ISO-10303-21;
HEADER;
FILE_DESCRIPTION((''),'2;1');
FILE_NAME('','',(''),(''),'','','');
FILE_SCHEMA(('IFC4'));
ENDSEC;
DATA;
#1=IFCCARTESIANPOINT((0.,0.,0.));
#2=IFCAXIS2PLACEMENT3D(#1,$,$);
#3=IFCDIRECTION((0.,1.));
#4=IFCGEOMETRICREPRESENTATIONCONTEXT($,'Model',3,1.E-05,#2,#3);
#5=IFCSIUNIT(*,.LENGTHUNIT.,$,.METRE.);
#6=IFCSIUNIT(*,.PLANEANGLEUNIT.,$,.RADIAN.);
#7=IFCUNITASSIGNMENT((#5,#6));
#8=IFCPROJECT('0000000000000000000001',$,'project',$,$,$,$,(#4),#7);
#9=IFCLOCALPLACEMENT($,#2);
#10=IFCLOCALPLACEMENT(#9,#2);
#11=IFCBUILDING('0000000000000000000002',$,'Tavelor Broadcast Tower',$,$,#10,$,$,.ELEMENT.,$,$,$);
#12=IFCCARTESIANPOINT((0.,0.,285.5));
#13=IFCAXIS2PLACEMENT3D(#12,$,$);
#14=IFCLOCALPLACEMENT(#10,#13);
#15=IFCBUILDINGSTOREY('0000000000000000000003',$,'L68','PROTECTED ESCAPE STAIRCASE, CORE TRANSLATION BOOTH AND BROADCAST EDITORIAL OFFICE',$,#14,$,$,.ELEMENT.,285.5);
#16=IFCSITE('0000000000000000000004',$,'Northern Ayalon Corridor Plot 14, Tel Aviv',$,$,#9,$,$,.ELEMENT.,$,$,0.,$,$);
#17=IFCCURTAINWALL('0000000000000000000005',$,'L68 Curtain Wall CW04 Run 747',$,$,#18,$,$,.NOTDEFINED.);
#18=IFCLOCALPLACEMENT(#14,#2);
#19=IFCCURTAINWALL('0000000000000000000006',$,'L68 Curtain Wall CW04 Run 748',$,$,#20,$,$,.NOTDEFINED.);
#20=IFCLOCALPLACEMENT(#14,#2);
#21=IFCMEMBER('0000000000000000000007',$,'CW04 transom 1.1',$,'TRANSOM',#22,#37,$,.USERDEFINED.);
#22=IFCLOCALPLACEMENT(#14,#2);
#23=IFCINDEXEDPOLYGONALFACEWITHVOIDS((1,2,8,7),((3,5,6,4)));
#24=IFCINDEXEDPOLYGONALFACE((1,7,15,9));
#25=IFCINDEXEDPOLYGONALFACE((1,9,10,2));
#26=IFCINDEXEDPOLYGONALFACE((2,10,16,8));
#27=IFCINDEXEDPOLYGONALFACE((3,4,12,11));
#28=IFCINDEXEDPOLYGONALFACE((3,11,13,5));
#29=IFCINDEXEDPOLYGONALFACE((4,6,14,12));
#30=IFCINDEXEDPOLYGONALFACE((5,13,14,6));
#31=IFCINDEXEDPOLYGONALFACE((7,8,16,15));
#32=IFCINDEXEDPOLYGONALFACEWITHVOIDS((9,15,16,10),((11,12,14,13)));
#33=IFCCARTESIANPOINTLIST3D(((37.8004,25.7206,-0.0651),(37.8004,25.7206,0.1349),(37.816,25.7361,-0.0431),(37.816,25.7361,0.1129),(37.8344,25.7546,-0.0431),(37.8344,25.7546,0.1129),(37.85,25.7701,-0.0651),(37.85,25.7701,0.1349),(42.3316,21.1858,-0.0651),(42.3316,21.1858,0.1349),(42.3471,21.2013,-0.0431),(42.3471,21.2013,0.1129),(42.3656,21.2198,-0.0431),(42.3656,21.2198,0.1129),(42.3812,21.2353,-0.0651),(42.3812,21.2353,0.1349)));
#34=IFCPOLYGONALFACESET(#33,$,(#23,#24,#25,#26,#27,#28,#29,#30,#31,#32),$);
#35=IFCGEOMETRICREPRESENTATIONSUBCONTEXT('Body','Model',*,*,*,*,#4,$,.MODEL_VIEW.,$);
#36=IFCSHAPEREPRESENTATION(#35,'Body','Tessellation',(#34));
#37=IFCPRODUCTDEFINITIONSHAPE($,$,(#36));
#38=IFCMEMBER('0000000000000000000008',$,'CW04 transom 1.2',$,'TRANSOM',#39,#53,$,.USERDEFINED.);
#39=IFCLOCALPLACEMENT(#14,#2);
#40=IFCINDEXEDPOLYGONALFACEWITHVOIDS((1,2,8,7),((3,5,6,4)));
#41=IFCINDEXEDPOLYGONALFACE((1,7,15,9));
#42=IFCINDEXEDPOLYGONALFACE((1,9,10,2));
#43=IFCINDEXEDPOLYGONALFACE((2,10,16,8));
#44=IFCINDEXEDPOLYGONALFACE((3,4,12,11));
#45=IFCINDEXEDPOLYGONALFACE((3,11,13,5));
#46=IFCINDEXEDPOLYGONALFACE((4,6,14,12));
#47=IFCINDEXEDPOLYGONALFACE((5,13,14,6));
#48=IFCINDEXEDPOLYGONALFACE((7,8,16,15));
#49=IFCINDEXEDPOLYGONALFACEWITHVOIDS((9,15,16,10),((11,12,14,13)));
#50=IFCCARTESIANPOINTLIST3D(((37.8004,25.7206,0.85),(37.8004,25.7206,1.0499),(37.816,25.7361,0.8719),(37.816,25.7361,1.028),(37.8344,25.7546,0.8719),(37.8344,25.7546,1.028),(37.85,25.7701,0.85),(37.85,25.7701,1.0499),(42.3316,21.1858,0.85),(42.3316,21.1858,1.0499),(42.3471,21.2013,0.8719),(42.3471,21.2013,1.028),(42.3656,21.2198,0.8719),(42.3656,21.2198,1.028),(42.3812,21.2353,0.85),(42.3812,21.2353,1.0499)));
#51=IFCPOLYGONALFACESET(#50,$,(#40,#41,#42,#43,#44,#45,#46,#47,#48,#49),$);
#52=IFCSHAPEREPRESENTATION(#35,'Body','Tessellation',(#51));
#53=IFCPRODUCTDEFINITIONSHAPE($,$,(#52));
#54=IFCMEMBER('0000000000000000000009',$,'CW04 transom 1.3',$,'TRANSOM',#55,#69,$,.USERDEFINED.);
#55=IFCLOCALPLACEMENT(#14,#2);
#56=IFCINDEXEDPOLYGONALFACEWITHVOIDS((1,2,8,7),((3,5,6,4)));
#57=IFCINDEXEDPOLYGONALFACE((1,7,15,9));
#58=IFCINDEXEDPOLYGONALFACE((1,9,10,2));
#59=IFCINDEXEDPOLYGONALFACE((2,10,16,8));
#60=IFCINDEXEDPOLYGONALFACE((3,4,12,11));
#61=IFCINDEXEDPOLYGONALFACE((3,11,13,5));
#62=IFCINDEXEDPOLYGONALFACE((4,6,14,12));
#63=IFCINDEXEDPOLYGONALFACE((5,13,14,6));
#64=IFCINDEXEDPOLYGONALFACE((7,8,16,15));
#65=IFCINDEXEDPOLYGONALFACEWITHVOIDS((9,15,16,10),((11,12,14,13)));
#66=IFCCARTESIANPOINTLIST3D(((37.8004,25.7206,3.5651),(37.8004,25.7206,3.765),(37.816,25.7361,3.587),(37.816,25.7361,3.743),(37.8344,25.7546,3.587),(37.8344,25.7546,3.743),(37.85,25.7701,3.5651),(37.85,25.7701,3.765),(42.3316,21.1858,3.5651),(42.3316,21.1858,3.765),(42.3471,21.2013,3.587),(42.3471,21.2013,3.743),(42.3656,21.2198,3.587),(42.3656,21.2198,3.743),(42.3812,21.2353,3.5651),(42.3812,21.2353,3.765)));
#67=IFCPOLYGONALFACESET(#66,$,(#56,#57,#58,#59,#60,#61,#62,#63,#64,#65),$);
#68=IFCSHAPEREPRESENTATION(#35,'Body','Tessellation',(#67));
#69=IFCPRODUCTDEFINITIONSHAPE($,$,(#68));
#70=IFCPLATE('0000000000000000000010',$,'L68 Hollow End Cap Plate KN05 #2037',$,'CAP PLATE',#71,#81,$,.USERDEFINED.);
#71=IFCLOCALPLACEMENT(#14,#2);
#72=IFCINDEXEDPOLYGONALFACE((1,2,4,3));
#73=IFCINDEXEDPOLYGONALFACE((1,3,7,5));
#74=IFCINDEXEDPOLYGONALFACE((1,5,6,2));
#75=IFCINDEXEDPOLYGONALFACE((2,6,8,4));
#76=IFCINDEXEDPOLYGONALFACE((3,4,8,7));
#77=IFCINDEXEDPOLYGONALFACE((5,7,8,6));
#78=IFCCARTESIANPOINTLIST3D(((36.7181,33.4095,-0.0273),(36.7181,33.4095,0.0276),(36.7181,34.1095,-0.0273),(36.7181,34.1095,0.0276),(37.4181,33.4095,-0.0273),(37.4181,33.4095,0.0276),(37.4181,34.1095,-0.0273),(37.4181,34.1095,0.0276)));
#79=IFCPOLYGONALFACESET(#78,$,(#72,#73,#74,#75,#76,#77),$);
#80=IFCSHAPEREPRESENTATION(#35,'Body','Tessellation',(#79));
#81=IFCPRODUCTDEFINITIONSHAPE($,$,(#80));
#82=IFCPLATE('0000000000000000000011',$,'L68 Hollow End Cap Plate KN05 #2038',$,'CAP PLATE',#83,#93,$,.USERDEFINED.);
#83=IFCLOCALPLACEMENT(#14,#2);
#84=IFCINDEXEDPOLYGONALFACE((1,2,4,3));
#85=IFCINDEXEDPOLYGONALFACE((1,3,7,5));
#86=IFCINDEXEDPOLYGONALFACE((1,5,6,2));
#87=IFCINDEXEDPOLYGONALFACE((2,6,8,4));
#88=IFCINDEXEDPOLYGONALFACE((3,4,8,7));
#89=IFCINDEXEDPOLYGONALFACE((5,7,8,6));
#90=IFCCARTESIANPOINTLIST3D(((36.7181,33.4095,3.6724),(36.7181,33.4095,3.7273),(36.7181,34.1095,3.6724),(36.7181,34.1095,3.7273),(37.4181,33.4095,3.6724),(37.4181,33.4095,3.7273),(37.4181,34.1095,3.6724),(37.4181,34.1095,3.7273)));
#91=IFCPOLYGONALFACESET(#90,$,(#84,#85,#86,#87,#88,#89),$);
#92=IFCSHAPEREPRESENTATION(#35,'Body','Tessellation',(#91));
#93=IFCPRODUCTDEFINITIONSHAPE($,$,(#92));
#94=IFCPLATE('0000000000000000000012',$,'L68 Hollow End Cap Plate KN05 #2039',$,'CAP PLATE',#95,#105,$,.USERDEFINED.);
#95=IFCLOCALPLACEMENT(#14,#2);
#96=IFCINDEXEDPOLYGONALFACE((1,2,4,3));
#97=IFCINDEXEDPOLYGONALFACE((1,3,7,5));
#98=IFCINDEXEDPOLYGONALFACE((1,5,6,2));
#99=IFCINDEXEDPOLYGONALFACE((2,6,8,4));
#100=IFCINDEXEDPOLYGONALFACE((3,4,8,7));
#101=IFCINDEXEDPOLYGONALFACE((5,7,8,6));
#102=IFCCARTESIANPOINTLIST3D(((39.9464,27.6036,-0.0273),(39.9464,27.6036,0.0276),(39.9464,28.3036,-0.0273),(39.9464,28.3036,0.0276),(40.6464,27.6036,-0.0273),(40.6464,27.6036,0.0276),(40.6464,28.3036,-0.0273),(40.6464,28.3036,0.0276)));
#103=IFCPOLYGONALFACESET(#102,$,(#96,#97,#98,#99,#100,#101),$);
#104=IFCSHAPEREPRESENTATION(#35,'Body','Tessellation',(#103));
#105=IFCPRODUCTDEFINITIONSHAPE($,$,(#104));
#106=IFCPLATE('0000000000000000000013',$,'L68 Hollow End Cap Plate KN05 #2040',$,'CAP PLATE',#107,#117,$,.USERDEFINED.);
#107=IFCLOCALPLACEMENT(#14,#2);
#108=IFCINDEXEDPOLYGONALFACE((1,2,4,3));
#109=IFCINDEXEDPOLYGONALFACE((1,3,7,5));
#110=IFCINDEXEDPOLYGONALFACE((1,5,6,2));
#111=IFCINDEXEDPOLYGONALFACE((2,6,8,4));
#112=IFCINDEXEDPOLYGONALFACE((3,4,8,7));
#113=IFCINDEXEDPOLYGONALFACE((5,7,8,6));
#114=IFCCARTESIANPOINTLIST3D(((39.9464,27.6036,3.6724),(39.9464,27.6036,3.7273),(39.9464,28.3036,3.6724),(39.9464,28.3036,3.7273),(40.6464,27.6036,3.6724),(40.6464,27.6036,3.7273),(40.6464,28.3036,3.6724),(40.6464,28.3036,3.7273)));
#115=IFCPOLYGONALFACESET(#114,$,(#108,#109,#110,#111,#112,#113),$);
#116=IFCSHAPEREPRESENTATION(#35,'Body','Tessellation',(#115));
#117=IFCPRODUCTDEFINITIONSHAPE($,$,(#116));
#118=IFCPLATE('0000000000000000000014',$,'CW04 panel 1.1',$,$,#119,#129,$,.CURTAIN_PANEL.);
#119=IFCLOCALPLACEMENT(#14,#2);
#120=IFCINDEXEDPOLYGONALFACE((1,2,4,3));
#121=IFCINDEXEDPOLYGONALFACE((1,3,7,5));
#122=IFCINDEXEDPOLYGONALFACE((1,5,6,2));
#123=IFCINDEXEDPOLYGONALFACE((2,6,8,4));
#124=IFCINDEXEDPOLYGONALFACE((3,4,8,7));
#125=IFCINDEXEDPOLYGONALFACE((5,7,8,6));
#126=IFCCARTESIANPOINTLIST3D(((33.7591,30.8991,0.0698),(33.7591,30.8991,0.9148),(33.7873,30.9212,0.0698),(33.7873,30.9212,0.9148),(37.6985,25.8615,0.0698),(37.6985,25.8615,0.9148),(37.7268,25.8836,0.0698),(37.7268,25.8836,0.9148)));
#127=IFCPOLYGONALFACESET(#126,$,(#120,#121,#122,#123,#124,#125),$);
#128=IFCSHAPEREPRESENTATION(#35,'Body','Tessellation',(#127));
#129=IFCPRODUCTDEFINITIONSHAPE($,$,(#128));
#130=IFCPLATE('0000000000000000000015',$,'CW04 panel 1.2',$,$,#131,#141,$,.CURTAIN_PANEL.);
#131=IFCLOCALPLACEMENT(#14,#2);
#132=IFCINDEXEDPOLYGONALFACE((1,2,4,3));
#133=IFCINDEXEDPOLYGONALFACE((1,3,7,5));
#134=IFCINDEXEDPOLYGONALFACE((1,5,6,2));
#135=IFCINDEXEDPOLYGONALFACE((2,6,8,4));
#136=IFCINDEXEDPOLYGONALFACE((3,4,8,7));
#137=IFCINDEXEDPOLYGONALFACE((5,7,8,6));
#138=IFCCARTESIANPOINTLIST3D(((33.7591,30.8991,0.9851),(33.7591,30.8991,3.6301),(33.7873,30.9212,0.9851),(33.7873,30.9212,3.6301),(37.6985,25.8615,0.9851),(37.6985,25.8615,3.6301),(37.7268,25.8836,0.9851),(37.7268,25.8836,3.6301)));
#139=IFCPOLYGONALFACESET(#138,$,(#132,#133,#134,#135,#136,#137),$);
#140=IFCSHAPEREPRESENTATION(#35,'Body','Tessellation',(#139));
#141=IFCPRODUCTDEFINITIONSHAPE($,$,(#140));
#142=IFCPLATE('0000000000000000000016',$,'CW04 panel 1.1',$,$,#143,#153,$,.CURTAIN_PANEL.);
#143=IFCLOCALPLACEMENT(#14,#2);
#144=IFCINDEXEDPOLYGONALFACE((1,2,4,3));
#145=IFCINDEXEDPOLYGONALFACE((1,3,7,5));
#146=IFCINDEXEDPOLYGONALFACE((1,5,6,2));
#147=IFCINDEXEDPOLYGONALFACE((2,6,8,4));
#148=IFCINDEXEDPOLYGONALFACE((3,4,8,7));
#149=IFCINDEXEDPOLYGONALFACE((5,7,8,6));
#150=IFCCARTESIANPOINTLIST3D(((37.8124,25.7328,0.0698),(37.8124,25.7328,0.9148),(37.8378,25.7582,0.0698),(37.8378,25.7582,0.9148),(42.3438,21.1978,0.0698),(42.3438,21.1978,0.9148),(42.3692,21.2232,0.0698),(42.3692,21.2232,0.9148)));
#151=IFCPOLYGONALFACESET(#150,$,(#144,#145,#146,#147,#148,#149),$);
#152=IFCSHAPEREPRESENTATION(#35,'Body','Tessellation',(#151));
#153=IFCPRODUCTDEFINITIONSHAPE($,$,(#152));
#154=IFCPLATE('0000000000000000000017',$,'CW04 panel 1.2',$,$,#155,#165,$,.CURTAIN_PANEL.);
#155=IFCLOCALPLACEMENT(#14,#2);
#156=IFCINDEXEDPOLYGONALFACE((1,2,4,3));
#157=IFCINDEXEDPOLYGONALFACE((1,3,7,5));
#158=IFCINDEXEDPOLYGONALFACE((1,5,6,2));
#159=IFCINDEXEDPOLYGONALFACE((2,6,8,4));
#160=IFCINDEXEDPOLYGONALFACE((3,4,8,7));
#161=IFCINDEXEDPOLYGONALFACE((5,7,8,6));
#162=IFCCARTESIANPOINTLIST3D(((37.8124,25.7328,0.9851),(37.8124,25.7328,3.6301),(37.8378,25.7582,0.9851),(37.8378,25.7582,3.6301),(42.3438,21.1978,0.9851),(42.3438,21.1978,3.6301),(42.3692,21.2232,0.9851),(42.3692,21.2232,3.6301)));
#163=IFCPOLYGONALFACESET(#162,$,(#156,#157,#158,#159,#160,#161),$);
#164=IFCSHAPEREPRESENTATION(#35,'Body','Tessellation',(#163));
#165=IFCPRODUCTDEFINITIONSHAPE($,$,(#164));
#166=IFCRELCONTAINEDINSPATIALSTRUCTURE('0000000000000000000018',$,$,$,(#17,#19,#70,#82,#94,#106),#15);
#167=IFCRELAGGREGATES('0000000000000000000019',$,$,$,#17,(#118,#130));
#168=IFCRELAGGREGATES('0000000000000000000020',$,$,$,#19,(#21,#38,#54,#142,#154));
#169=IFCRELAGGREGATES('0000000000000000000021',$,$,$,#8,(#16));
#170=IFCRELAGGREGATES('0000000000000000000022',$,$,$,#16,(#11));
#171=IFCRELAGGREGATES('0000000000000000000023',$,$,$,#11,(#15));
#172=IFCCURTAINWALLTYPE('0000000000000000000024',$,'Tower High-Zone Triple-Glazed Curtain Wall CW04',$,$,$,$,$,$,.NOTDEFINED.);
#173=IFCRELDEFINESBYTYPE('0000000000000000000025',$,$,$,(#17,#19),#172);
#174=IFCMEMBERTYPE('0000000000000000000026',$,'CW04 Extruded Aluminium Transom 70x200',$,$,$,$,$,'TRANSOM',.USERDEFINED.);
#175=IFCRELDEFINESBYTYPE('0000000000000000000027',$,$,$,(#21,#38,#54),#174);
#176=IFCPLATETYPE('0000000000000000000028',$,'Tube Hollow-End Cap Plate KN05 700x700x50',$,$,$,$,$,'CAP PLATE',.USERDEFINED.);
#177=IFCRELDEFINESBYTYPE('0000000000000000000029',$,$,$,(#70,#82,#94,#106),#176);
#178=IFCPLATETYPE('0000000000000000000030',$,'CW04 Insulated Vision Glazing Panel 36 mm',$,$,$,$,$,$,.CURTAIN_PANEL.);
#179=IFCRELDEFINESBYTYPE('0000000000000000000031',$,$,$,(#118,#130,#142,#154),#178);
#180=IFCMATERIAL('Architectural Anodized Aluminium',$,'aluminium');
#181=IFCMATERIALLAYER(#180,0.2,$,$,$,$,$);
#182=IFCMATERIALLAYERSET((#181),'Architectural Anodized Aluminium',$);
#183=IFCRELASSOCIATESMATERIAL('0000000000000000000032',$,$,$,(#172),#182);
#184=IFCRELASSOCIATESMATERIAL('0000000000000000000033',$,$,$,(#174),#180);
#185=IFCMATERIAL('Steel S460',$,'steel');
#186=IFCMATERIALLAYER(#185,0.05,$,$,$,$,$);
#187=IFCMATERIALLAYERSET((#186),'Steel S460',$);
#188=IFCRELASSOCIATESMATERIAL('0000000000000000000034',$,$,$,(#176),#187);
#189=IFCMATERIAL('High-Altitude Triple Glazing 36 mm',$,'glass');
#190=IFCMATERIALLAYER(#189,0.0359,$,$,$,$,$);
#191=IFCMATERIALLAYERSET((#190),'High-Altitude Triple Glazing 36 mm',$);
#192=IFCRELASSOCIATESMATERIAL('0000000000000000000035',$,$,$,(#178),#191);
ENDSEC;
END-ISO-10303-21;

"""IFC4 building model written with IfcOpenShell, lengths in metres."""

from ifc_helpers import new_model, si_unit, direction, frame, origin, origin_2d, place, context, subcontext, project, spatial, rectangle, hollow_rectangle, extrude, source, transform, mapped, material, layer, layer_set, material_profile, profile_set, type_object, type_shapes, element, aggregate, save


model = new_model("IFC4")

# Units and contexts
model_context = context("Model", 3, precision=1e-05, world=origin(), true_north=direction((0.0, 1.0)))
body_context = subcontext(model_context, "Body", "Model", "MODEL_VIEW")
ifc_project = project(units=[si_unit("LENGTHUNIT", "METRE"), si_unit("PLANEANGLEUNIT", "RADIAN")], contexts=[model_context])

# Site, building, storey
site_placement = place(None, origin())
site = spatial("IfcSite", under=ifc_project, at=site_placement, Name="Northern Ayalon Corridor Plot 14, Tel Aviv", CompositionType="ELEMENT", RefElevation=0.0)
building_placement = place(site_placement, origin())
building = spatial("IfcBuilding", under=site, at=building_placement, Name="Tavelor Broadcast Tower", CompositionType="ELEMENT")
storey_placement = place(building_placement, frame((0.0, 0.0, 285.5)))
storey = spatial("IfcBuildingStorey", under=building, at=storey_placement, Name="L68", Description="PROTECTED ESCAPE STAIRCASE, CORE TRANSLATION BOOTH AND BROADCAST EDITORIAL OFFICE", CompositionType="ELEMENT", Elevation=285.5)

# Shared definitions
ifc_material_1 = material(Name="Steel S460", Category="steel")

# Curtain wall
ifc_material_2 = material(Name="Architectural Anodized Aluminium", Category="aluminium")
ifc_layer_1 = layer(ifc_material_2, 0.2)
ifc_layer_set_1 = layer_set([ifc_layer_1], Name="Architectural Anodized Aluminium")
curtain_wall_type = type_object("IfcCurtainWallType", Name="Tower High-Zone Triple-Glazed Curtain Wall CW04", PredefinedType="NOTDEFINED", material=ifc_layer_set_1)
curtain_wall_1_placement = place(storey_placement, origin())
curtain_wall_1 = element("IfcCurtainWall", 1, at=curtain_wall_1_placement, inside=storey, type_object=curtain_wall_type, Name="L68 Curtain Wall CW04 Run 747", PredefinedType="NOTDEFINED")

# Curtain wall, members
curtain_wall_2_placement = place(storey_placement, origin())
curtain_wall_2 = element("IfcCurtainWall", 2, at=curtain_wall_2_placement, inside=storey, type_object=curtain_wall_type, Name="L68 Curtain Wall CW04 Run 748", PredefinedType="NOTDEFINED")
ifc_material_profile_1 = material_profile(ifc_material_2, hollow_rectangle(XDim=0.0701, YDim=0.2, WallThickness=0.022, at=origin_2d()), Name="RHS 70x200x22")
ifc_profile_set_1 = profile_set([ifc_material_profile_1], Name="Architectural Anodized Aluminium")
member_type_1 = type_object("IfcMemberType", Name="CW04 Extruded Aluminium Transom 70x200", ElementType="TRANSOM", PredefinedType="USERDEFINED", material=ifc_profile_set_1)
shared_shape_1 = source(origin(), body_context, "Body", "SweptSolid", [
    extrude(hollow_rectangle(XDim=0.0701, YDim=0.2, WallThickness=0.022, at=origin_2d()), origin(), (0.0, 0.0, 1.0), 6.4106),
])
type_shapes(member_type_1, [shared_shape_1])
member_1_placement = place(storey_placement, frame((37.8252, 25.7454, 0.0349), z_axis=(0.706821, -0.707392, 0.0), x_axis=(0.707392, 0.706821, 0.0)))
member_1 = element("IfcMember", 3, at=member_1_placement, type_object=member_type_1, Name="CW04 transom 1.1", ObjectType="TRANSOM", PredefinedType="USERDEFINED", context=body_context, shape_type="MappedRepresentation", body=[
    mapped(shared_shape_1, transform((0.0, 0.0, 0.0), scale=1.0)),
])
member_2_placement = place(storey_placement, frame((37.8252, 25.7454, 0.95), z_axis=(0.706821, -0.707392, 0.0), x_axis=(0.707392, 0.706821, 0.0)))
member_2 = element("IfcMember", 4, at=member_2_placement, type_object=member_type_1, Name="CW04 transom 1.2", ObjectType="TRANSOM", PredefinedType="USERDEFINED", context=body_context, shape_type="MappedRepresentation", body=[
    mapped(shared_shape_1, transform((0.0, 0.0, 0.0), scale=1.0)),
])
member_3_placement = place(storey_placement, frame((37.8252, 25.7454, 3.665), z_axis=(0.706821, -0.707392, 0.0), x_axis=(0.707392, 0.706821, 0.0)))
member_3 = element("IfcMember", 5, at=member_3_placement, type_object=member_type_1, Name="CW04 transom 1.3", ObjectType="TRANSOM", PredefinedType="USERDEFINED", context=body_context, shape_type="MappedRepresentation", body=[
    mapped(shared_shape_1, transform((0.0, 0.0, 0.0), scale=1.0)),
])

# Plates
ifc_layer_2 = layer(ifc_material_1, 0.05)
ifc_layer_set_2 = layer_set([ifc_layer_2], Name="Steel S460")
plate_type_1 = type_object("IfcPlateType", Name="Tube Hollow-End Cap Plate KN05 700x700x50", ElementType="CAP PLATE", PredefinedType="USERDEFINED", material=ifc_layer_set_2)
shared_shape_2 = source(origin(), body_context, "Body", "SweptSolid", [
    extrude(rectangle(XDim=0.7, YDim=0.7, at=origin_2d()), origin(), (0.0, 0.0, 1.0), 0.0549),
])
type_shapes(plate_type_1, [shared_shape_2])
for number, where, z_axis, x_axis, name in (
    (6, (37.0681, 33.7595, -0.0273), (0.0, 0.0, 1.0), (1.0, 0.0, 0.0), "L68 Hollow End Cap Plate KN05 #2037"),
    (7, (37.0681, 33.7595, 3.6724), (0.0, 0.0, 1.0), (1.0, 0.0, 0.0), "L68 Hollow End Cap Plate KN05 #2038"),
    (8, (40.2964, 27.9536, -0.0273), (0.0, 0.0, 1.0), (1.0, 0.0, 0.0), "L68 Hollow End Cap Plate KN05 #2039"),
    (9, (40.2964, 27.9536, 3.6724), (0.0, 0.0, 1.0), (1.0, 0.0, 0.0), "L68 Hollow End Cap Plate KN05 #2040"),
):
    element("IfcPlate", number, at=place(storey_placement, frame(where, z_axis=z_axis, x_axis=x_axis)), inside=storey, type_object=plate_type_1, Name=name, ObjectType="CAP PLATE", PredefinedType="USERDEFINED", context=body_context, shape_type="MappedRepresentation", body=[
        mapped(shared_shape_2, transform((0.0, 0.0, 0.0), scale=1.0)),
    ])

# Plates
ifc_material_3 = material(Name="High-Altitude Triple Glazing 36 mm", Category="glass")
ifc_layer_3 = layer(ifc_material_3, 0.0359)
ifc_layer_set_3 = layer_set([ifc_layer_3], Name="High-Altitude Triple Glazing 36 mm")
plate_type_2 = type_object("IfcPlateType", Name="CW04 Insulated Vision Glazing Panel 36 mm", PredefinedType="CURTAIN_PANEL", material=ifc_layer_set_3)
shared_shape_3 = source(origin(), body_context, "Body", "SweptSolid", [
    extrude(rectangle(XDim=6.395, YDim=0.0359, at=origin_2d()), origin(), (0.0, 0.0, 1.0), 0.845),
])
plate_1_placement = place(storey_placement, frame((35.7429, 28.3914, 0.0698), z_axis=(0.0, 0.0, 1.0), x_axis=(0.616013, -0.787736, 0.0)))
plate_1 = element("IfcPlate", 10, at=plate_1_placement, type_object=plate_type_2, Name="CW04 panel 1.1", PredefinedType="CURTAIN_PANEL", context=body_context, shape_type="MappedRepresentation", body=[
    mapped(shared_shape_3, transform((0.0, 0.0, 0.0), scale=1.0)),
])
shared_shape_4 = source(origin(), body_context, "Body", "SweptSolid", [
    extrude(rectangle(XDim=6.395, YDim=0.0359, at=origin_2d()), origin(), (0.0, 0.0, 1.0), 2.645),
])
plate_2_placement = place(storey_placement, frame((35.7429, 28.3914, 0.9851), z_axis=(0.0, 0.0, 1.0), x_axis=(0.616013, -0.787736, 0.0)))
plate_2 = element("IfcPlate", 11, at=plate_2_placement, type_object=plate_type_2, Name="CW04 panel 1.2", PredefinedType="CURTAIN_PANEL", context=body_context, shape_type="MappedRepresentation", body=[
    mapped(shared_shape_4, transform((0.0, 0.0, 0.0), scale=1.0)),
])
aggregate(curtain_wall_1, [plate_1, plate_2])
shared_shape_5 = source(origin(), body_context, "Body", "SweptSolid", [
    extrude(rectangle(XDim=6.4109, YDim=0.0359, at=origin_2d()), origin(), (0.0, 0.0, 1.0), 0.845),
])
plate_3_placement = place(storey_placement, frame((40.0908, 23.478, 0.0698), z_axis=(0.0, 0.0, 1.0), x_axis=(0.706824, -0.707389, 0.0)))
plate_3 = element("IfcPlate", 12, at=plate_3_placement, type_object=plate_type_2, Name="CW04 panel 1.1", PredefinedType="CURTAIN_PANEL", context=body_context, shape_type="MappedRepresentation", body=[
    mapped(shared_shape_5, transform((0.0, 0.0, 0.0), scale=1.0)),
])
shared_shape_6 = source(origin(), body_context, "Body", "SweptSolid", [
    extrude(rectangle(XDim=6.4109, YDim=0.0359, at=origin_2d()), origin(), (0.0, 0.0, 1.0), 2.645),
])
type_shapes(plate_type_2, [shared_shape_3, shared_shape_4, shared_shape_5, shared_shape_6])
plate_4_placement = place(storey_placement, frame((40.0908, 23.478, 0.9851), z_axis=(0.0, 0.0, 1.0), x_axis=(0.706824, -0.707389, 0.0)))
plate_4 = element("IfcPlate", 13, at=plate_4_placement, type_object=plate_type_2, Name="CW04 panel 1.2", PredefinedType="CURTAIN_PANEL", context=body_context, shape_type="MappedRepresentation", body=[
    mapped(shared_shape_6, transform((0.0, 0.0, 0.0), scale=1.0)),
])
aggregate(curtain_wall_2, [member_1, member_2, member_3, plate_3, plate_4])

save(model, "model.ifc")
